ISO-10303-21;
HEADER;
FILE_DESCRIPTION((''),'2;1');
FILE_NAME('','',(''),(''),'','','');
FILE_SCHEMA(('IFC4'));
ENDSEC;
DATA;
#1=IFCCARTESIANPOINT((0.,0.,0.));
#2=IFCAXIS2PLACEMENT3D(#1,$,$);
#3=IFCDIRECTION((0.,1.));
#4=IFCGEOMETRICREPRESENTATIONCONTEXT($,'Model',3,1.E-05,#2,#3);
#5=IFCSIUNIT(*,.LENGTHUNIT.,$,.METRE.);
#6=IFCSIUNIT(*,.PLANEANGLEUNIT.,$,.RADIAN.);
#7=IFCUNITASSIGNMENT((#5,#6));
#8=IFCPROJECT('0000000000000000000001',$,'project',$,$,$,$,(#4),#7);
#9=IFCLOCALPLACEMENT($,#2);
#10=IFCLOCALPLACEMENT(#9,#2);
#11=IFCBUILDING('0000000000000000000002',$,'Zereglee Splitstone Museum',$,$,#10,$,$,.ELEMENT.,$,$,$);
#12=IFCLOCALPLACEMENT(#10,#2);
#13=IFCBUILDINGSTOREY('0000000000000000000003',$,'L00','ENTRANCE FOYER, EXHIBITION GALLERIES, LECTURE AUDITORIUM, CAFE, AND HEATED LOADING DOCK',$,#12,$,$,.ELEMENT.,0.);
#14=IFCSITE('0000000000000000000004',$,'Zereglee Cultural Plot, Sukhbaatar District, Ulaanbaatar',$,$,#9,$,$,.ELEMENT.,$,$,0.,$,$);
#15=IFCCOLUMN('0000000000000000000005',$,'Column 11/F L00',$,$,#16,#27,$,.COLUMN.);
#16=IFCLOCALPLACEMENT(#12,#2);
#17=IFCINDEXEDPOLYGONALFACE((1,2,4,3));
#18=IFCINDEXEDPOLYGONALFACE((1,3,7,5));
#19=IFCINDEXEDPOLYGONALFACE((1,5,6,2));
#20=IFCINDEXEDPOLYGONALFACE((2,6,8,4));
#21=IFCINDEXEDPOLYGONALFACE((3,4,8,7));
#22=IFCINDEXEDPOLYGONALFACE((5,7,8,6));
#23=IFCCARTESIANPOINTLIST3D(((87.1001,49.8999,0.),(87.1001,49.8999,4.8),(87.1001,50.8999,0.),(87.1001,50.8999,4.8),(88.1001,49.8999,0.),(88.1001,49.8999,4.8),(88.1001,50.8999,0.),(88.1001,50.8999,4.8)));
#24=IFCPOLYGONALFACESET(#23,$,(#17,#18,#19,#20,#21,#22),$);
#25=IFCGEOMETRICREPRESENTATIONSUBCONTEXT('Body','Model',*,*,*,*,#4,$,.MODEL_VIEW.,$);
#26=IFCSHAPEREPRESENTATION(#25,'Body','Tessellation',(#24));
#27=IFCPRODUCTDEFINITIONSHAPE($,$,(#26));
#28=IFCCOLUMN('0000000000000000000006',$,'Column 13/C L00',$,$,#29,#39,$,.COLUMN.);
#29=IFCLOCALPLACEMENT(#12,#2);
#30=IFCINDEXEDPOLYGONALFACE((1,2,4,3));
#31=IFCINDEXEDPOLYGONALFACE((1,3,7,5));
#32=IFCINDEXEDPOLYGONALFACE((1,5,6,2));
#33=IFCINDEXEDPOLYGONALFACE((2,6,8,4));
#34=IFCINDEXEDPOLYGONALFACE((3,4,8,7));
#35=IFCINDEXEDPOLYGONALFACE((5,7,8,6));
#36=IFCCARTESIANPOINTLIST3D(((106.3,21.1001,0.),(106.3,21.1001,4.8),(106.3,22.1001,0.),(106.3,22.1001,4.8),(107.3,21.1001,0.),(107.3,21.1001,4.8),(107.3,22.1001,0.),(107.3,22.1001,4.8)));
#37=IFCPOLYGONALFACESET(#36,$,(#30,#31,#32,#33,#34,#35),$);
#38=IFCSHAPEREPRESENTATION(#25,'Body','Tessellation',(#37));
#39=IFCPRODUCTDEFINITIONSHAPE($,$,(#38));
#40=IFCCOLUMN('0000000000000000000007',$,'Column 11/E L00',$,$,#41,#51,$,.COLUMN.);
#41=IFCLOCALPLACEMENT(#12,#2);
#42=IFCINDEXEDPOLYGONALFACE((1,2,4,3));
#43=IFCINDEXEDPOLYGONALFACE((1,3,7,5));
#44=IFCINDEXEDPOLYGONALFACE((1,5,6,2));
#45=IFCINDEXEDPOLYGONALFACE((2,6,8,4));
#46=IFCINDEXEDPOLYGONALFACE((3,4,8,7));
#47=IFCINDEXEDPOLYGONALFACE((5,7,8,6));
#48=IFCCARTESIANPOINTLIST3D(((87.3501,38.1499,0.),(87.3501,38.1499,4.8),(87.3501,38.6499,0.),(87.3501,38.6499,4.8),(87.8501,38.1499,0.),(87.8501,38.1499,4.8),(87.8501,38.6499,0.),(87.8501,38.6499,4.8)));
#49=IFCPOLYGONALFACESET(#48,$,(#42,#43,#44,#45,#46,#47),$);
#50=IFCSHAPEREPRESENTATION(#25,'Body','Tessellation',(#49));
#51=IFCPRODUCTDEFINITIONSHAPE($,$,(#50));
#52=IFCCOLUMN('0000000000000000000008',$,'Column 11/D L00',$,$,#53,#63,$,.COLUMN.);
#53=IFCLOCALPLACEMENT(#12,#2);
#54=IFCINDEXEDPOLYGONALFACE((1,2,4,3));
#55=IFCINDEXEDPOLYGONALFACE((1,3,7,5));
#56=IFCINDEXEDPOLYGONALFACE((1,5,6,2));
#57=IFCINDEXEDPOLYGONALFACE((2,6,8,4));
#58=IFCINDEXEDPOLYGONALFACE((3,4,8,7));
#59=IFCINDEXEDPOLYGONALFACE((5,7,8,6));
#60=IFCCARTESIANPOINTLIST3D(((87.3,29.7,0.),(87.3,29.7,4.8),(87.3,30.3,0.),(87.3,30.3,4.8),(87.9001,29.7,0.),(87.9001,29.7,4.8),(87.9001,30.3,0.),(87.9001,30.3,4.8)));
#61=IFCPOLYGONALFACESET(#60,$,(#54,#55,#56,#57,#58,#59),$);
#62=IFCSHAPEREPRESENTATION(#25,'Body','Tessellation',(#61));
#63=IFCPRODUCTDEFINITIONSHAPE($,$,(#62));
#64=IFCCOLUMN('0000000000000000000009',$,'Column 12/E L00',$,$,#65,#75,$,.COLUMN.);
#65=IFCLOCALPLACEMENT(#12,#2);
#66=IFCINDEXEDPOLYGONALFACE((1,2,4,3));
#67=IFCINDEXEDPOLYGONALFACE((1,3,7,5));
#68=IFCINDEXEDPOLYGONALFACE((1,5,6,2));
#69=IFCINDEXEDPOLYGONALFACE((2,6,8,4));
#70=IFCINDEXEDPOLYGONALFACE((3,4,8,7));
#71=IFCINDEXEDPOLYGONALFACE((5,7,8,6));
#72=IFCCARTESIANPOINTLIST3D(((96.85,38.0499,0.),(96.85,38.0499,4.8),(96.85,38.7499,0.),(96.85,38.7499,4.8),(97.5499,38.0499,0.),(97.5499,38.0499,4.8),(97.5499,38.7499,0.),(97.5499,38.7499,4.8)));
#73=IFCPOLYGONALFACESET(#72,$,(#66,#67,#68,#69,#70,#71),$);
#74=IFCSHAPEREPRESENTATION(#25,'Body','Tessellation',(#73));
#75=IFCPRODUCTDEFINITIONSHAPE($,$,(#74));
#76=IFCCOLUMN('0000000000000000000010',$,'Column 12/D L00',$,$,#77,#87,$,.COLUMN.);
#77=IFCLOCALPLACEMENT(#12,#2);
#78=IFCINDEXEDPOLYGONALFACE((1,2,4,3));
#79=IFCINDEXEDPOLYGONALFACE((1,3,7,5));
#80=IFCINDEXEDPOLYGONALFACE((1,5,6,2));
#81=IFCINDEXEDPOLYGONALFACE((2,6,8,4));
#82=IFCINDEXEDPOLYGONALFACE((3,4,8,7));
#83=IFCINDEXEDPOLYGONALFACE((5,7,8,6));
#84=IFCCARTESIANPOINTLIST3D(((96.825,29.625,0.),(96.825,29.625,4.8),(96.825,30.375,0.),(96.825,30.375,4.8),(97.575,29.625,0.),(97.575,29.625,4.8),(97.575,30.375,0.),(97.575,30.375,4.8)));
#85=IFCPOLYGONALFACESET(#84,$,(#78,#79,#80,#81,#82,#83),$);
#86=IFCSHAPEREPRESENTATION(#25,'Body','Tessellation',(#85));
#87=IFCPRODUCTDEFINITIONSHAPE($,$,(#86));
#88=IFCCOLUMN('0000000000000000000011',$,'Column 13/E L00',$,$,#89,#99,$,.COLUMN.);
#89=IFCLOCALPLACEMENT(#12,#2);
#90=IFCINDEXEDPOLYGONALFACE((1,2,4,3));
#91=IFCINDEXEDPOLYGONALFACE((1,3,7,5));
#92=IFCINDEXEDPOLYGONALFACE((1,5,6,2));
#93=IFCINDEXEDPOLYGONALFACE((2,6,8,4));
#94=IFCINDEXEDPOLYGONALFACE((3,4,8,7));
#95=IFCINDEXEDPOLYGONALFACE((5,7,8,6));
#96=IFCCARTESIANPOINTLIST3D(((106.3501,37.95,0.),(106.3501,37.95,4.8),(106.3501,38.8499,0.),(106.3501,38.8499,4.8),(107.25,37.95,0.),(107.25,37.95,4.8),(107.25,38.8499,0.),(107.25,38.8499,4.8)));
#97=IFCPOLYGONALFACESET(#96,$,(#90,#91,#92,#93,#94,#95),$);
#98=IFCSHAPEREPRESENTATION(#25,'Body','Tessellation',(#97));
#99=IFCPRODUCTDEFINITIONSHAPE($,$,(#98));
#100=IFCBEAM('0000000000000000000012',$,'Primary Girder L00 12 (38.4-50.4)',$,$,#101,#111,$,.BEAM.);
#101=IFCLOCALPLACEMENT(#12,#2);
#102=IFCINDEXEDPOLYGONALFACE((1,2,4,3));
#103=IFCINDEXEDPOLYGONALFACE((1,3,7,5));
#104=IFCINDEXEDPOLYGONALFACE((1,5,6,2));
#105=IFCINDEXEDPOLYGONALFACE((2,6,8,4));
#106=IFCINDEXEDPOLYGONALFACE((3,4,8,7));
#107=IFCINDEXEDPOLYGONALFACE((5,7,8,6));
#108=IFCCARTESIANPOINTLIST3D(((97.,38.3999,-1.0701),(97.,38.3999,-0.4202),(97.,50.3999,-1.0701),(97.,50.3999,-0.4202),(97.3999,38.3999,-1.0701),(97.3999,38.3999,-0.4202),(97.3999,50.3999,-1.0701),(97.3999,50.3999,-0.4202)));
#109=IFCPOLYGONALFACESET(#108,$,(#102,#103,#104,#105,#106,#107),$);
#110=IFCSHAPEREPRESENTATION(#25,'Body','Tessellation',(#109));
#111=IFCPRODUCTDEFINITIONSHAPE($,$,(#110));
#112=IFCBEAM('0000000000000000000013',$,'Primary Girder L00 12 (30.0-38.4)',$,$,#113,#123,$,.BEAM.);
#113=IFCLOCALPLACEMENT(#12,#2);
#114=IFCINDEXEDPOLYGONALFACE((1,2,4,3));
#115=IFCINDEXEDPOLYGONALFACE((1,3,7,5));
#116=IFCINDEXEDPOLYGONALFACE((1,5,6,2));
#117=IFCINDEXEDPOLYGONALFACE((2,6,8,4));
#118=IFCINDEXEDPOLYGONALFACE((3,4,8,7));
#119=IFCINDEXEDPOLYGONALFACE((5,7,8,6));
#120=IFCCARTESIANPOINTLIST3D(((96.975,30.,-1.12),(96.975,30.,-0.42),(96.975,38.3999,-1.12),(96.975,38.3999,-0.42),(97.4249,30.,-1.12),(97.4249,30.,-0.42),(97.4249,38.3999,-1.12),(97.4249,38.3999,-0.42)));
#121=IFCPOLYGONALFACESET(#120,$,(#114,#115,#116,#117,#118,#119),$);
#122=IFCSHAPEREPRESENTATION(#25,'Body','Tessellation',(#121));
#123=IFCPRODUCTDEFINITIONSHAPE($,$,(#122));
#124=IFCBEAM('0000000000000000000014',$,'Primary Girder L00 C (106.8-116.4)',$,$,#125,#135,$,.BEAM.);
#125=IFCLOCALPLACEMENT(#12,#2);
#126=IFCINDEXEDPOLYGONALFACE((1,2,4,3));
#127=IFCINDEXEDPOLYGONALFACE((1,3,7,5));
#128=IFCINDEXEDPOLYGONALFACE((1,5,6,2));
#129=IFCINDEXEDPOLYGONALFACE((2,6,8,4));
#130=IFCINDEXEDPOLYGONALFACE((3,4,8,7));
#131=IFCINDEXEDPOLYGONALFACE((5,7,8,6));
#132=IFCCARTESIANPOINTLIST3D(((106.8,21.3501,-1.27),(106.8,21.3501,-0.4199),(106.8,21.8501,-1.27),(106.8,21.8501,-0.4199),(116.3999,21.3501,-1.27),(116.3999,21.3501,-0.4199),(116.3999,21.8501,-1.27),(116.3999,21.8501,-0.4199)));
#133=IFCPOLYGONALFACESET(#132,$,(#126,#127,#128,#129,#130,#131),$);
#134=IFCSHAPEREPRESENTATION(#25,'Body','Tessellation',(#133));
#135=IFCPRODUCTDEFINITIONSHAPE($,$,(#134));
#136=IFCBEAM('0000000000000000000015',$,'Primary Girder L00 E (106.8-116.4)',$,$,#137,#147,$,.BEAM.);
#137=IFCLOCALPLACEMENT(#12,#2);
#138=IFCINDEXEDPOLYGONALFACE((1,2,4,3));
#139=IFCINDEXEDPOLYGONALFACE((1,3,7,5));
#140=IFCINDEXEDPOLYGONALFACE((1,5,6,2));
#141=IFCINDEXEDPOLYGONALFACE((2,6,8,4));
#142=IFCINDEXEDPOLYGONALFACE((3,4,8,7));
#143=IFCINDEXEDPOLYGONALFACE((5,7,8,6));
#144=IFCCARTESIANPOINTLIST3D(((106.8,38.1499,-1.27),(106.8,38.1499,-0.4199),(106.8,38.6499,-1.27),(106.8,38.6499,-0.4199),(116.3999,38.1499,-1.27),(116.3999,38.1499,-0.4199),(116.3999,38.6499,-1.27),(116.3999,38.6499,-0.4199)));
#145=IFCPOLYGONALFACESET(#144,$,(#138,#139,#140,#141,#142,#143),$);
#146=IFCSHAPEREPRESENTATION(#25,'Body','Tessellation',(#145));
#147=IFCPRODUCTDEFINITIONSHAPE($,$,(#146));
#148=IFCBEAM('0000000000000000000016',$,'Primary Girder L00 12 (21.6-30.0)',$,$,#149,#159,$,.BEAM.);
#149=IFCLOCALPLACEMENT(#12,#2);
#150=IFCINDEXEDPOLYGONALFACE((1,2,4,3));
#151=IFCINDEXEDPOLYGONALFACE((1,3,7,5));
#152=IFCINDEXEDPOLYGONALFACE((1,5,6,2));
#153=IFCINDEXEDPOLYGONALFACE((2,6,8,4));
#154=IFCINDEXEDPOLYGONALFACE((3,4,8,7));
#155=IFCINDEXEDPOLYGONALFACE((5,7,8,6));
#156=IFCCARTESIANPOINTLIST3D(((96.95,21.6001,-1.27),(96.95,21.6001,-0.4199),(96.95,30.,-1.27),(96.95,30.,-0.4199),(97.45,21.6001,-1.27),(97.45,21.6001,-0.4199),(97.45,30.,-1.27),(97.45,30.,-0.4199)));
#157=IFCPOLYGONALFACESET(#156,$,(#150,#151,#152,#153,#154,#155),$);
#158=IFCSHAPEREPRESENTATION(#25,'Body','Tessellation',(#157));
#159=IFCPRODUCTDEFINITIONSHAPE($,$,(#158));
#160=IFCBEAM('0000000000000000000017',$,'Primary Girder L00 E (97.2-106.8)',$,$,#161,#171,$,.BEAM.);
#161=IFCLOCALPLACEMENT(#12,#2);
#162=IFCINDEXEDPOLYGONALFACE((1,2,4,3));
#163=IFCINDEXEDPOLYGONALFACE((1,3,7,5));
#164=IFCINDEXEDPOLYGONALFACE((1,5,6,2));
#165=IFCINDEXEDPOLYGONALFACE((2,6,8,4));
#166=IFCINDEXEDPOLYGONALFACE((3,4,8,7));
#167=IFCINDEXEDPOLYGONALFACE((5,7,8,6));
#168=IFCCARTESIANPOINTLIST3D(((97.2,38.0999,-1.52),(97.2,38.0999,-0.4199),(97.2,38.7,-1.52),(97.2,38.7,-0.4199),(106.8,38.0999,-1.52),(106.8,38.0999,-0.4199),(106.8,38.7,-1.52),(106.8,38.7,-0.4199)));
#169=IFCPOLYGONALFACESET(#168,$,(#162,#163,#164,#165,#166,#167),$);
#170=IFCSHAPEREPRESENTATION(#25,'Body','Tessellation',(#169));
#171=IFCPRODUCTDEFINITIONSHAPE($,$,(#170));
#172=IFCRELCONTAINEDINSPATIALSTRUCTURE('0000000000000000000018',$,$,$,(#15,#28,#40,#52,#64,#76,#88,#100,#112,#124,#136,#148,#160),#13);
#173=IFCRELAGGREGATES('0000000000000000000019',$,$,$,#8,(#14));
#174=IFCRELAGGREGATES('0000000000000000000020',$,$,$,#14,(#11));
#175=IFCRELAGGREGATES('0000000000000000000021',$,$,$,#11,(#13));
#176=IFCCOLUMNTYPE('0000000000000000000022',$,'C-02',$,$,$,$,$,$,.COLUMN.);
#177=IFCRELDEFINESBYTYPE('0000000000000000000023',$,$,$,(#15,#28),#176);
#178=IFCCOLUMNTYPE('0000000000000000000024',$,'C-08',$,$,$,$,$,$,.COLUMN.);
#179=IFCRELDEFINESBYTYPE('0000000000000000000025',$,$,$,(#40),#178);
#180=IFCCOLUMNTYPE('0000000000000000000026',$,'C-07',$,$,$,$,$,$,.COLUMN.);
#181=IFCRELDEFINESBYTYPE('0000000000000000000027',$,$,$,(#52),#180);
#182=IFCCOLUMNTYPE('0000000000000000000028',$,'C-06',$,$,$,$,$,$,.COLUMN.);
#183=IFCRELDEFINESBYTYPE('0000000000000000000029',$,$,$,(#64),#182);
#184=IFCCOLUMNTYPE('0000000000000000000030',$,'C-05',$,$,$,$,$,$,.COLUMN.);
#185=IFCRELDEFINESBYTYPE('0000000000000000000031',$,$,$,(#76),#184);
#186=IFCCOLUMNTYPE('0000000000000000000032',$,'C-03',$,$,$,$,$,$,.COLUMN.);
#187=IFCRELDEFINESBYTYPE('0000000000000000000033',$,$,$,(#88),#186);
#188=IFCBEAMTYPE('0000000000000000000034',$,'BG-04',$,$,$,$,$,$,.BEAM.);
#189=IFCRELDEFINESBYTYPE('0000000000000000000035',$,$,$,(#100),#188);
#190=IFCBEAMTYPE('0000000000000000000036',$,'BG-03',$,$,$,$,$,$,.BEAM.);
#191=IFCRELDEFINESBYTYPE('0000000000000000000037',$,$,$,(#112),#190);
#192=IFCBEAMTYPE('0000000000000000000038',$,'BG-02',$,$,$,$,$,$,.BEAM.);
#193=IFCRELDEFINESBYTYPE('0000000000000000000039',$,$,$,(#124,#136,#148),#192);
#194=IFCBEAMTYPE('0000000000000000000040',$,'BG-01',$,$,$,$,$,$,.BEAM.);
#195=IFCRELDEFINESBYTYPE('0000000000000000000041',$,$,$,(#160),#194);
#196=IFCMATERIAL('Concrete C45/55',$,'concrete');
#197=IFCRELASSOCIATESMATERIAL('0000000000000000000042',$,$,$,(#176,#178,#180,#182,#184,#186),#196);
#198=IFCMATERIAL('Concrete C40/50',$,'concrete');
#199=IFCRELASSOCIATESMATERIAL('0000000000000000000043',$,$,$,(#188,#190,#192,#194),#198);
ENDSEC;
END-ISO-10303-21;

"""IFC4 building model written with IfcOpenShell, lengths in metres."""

from ifc_helpers import new_model, si_unit, direction, frame, origin, origin_2d, place, context, subcontext, project, spatial, rectangle, extrude, material, material_profile, profile_set, type_object, element, save


model = new_model("IFC4")

# Units and contexts
model_context = context("Model", 3, precision=1e-05, world=origin(), true_north=direction((0.0, 1.0)))
body_context = subcontext(model_context, "Body", "Model", "MODEL_VIEW")
ifc_project = project(units=[si_unit("LENGTHUNIT", "METRE"), si_unit("PLANEANGLEUNIT", "RADIAN")], contexts=[model_context])

# Site, building, storey
site_placement = place(None, origin())
site = spatial("IfcSite", under=ifc_project, at=site_placement, Name="Zereglee Cultural Plot, Sukhbaatar District, Ulaanbaatar", CompositionType="ELEMENT", RefElevation=0.0)
building_placement = place(site_placement, origin())
building = spatial("IfcBuilding", under=site, at=building_placement, Name="Zereglee Splitstone Museum", CompositionType="ELEMENT")
storey_placement = place(building_placement, origin())
storey = spatial("IfcBuildingStorey", under=building, at=storey_placement, Name="L00", Description="ENTRANCE FOYER, EXHIBITION GALLERIES, LECTURE AUDITORIUM, CAFE, AND HEATED LOADING DOCK", CompositionType="ELEMENT", Elevation=0.0)

# Columns
ifc_material_1 = material(Name="Concrete C45/55", Category="concrete")
ifc_material_profile_1 = material_profile(ifc_material_1, rectangle(XDim=1.0, YDim=1.0, at=origin_2d()), Name="RC 1000x1000")
ifc_profile_set_1 = profile_set([ifc_material_profile_1], Name="Concrete C45/55")
column_type_1 = type_object("IfcColumnType", Name="C-02", PredefinedType="COLUMN", material=ifc_profile_set_1)
for number, where, z_axis, x_axis, name in (
    (1, (87.6001, 50.3999, 0.0), (0.0, 0.0, 1.0), (1.0, 0.0, 0.0), "Column 11/F L00"),
    (2, (106.8, 21.6001, 0.0), (0.0, 0.0, 1.0), (1.0, 0.0, 0.0), "Column 13/C L00"),
):
    element("IfcColumn", number, at=place(storey_placement, frame(where, z_axis=z_axis, x_axis=x_axis)), inside=storey, type_object=column_type_1, Name=name, PredefinedType="COLUMN", context=body_context, shape_type="SweptSolid", body=[
        extrude(rectangle(XDim=1.0, YDim=1.0, at=origin_2d()), origin(), (0.0, 0.0, 1.0), 4.8),
    ])
ifc_material_profile_2 = material_profile(ifc_material_1, rectangle(XDim=0.5, YDim=0.5, at=origin_2d()), Name="RC 500x500")
ifc_profile_set_2 = profile_set([ifc_material_profile_2], Name="Concrete C45/55")
column_type_2 = type_object("IfcColumnType", Name="C-08", PredefinedType="COLUMN", material=ifc_profile_set_2)
column_1_placement = place(storey_placement, frame((87.6001, 38.3999, 0.0), z_axis=(0.0, 0.0, 1.0), x_axis=(1.0, 0.0, 0.0)))
element("IfcColumn", 3, at=column_1_placement, inside=storey, type_object=column_type_2, Name="Column 11/E L00", PredefinedType="COLUMN", context=body_context, shape_type="SweptSolid", body=[
    extrude(rectangle(XDim=0.5, YDim=0.5, at=origin_2d()), origin(), (0.0, 0.0, 1.0), 4.8),
])
ifc_material_profile_3 = material_profile(ifc_material_1, rectangle(XDim=0.6001, YDim=0.6001, at=origin_2d()), Name="RC 600x600")
ifc_profile_set_3 = profile_set([ifc_material_profile_3], Name="Concrete C45/55")
column_type_3 = type_object("IfcColumnType", Name="C-07", PredefinedType="COLUMN", material=ifc_profile_set_3)
column_2_placement = place(storey_placement, frame((87.6001, 30.0, 0.0), z_axis=(0.0, 0.0, 1.0), x_axis=(1.0, 0.0, 0.0)))
element("IfcColumn", 4, at=column_2_placement, inside=storey, type_object=column_type_3, Name="Column 11/D L00", PredefinedType="COLUMN", context=body_context, shape_type="SweptSolid", body=[
    extrude(rectangle(XDim=0.6001, YDim=0.6001, at=origin_2d()), origin(), (0.0, 0.0, 1.0), 4.8),
])
ifc_material_profile_4 = material_profile(ifc_material_1, rectangle(XDim=0.7, YDim=0.7, at=origin_2d()), Name="RC 700x700")
ifc_profile_set_4 = profile_set([ifc_material_profile_4], Name="Concrete C45/55")
column_type_4 = type_object("IfcColumnType", Name="C-06", PredefinedType="COLUMN", material=ifc_profile_set_4)
column_3_placement = place(storey_placement, frame((97.2, 38.3999, 0.0), z_axis=(0.0, 0.0, 1.0), x_axis=(1.0, 0.0, 0.0)))
element("IfcColumn", 5, at=column_3_placement, inside=storey, type_object=column_type_4, Name="Column 12/E L00", PredefinedType="COLUMN", context=body_context, shape_type="SweptSolid", body=[
    extrude(rectangle(XDim=0.7, YDim=0.7, at=origin_2d()), origin(), (0.0, 0.0, 1.0), 4.8),
])
ifc_material_profile_5 = material_profile(ifc_material_1, rectangle(XDim=0.75, YDim=0.75, at=origin_2d()), Name="RC 750x750")
ifc_profile_set_5 = profile_set([ifc_material_profile_5], Name="Concrete C45/55")
column_type_5 = type_object("IfcColumnType", Name="C-05", PredefinedType="COLUMN", material=ifc_profile_set_5)
column_4_placement = place(storey_placement, frame((97.2, 30.0, 0.0), z_axis=(0.0, 0.0, 1.0), x_axis=(1.0, 0.0, 0.0)))
element("IfcColumn", 6, at=column_4_placement, inside=storey, type_object=column_type_5, Name="Column 12/D L00", PredefinedType="COLUMN", context=body_context, shape_type="SweptSolid", body=[
    extrude(rectangle(XDim=0.75, YDim=0.75, at=origin_2d()), origin(), (0.0, 0.0, 1.0), 4.8),
])
ifc_material_profile_6 = material_profile(ifc_material_1, rectangle(XDim=0.8999, YDim=0.8999, at=origin_2d()), Name="RC 900x900")
ifc_profile_set_6 = profile_set([ifc_material_profile_6], Name="Concrete C45/55")
column_type_6 = type_object("IfcColumnType", Name="C-03", PredefinedType="COLUMN", material=ifc_profile_set_6)
column_5_placement = place(storey_placement, frame((106.8, 38.3999, 0.0), z_axis=(0.0, 0.0, 1.0), x_axis=(1.0, 0.0, 0.0)))
element("IfcColumn", 7, at=column_5_placement, inside=storey, type_object=column_type_6, Name="Column 13/E L00", PredefinedType="COLUMN", context=body_context, shape_type="SweptSolid", body=[
    extrude(rectangle(XDim=0.8999, YDim=0.8999, at=origin_2d()), origin(), (0.0, 0.0, 1.0), 4.8),
])

# Beams
ifc_material_2 = material(Name="Concrete C40/50", Category="concrete")
ifc_material_profile_7 = material_profile(ifc_material_2, rectangle(XDim=0.3999, YDim=0.6499, at=origin_2d()), Name="RC 400x650")
ifc_profile_set_7 = profile_set([ifc_material_profile_7], Name="Concrete C40/50")
beam_type_1 = type_object("IfcBeamType", Name="BG-04", PredefinedType="BEAM", material=ifc_profile_set_7)
beam_1_placement = place(storey_placement, frame((97.2, 38.3999, -0.7451), z_axis=(0.0, 1.0, 0.0), x_axis=(-1.0, 0.0, 0.0)))
element("IfcBeam", 8, at=beam_1_placement, inside=storey, type_object=beam_type_1, Name="Primary Girder L00 12 (38.4-50.4)", PredefinedType="BEAM", context=body_context, shape_type="SweptSolid", body=[
    extrude(rectangle(XDim=0.3999, YDim=0.6499, at=origin_2d()), origin(), (0.0, 0.0, 1.0), 12.0),
])
ifc_material_profile_8 = material_profile(ifc_material_2, rectangle(XDim=0.45, YDim=0.7, at=origin_2d()), Name="RC 450x700")
ifc_profile_set_8 = profile_set([ifc_material_profile_8], Name="Concrete C40/50")
beam_type_2 = type_object("IfcBeamType", Name="BG-03", PredefinedType="BEAM", material=ifc_profile_set_8)
beam_2_placement = place(storey_placement, frame((97.2, 30.0, -0.77), z_axis=(0.0, 1.0, 0.0), x_axis=(-1.0, 0.0, 0.0)))
element("IfcBeam", 9, at=beam_2_placement, inside=storey, type_object=beam_type_2, Name="Primary Girder L00 12 (30.0-38.4)", PredefinedType="BEAM", context=body_context, shape_type="SweptSolid", body=[
    extrude(rectangle(XDim=0.45, YDim=0.7, at=origin_2d()), origin(), (0.0, 0.0, 1.0), 8.3999),
])
ifc_material_profile_9 = material_profile(ifc_material_2, rectangle(XDim=0.5, YDim=0.8501, at=origin_2d()), Name="RC 500x850")
ifc_profile_set_9 = profile_set([ifc_material_profile_9], Name="Concrete C40/50")
beam_type_3 = type_object("IfcBeamType", Name="BG-02", PredefinedType="BEAM", material=ifc_profile_set_9)
for number, where, z_axis, x_axis, name in (
    (10, (106.8, 21.6001, -0.845), (1.0, 0.0, 0.0), (0.0, 1.0, 0.0), "Primary Girder L00 C (106.8-116.4)"),
    (11, (106.8, 38.3999, -0.845), (1.0, 0.0, 0.0), (0.0, 1.0, 0.0), "Primary Girder L00 E (106.8-116.4)"),
):
    element("IfcBeam", number, at=place(storey_placement, frame(where, z_axis=z_axis, x_axis=x_axis)), inside=storey, type_object=beam_type_3, Name=name, PredefinedType="BEAM", context=body_context, shape_type="SweptSolid", body=[
        extrude(rectangle(XDim=0.5, YDim=0.8501, at=origin_2d()), origin(), (0.0, 0.0, 1.0), 9.5999),
    ])
beam_3_placement = place(storey_placement, frame((97.2, 21.6001, -0.845), z_axis=(0.0, 1.0, 0.0), x_axis=(-1.0, 0.0, 0.0)))
element("IfcBeam", 12, at=beam_3_placement, inside=storey, type_object=beam_type_3, Name="Primary Girder L00 12 (21.6-30.0)", PredefinedType="BEAM", context=body_context, shape_type="SweptSolid", body=[
    extrude(rectangle(XDim=0.5, YDim=0.8501, at=origin_2d()), origin(), (0.0, 0.0, 1.0), 8.3999),
])
ifc_material_profile_10 = material_profile(ifc_material_2, rectangle(XDim=0.6001, YDim=1.1001, at=origin_2d()), Name="RC 600x1100")
ifc_profile_set_10 = profile_set([ifc_material_profile_10], Name="Concrete C40/50")
beam_type_4 = type_object("IfcBeamType", Name="BG-01", PredefinedType="BEAM", material=ifc_profile_set_10)
beam_4_placement = place(storey_placement, frame((97.2, 38.3999, -0.97), z_axis=(1.0, 0.0, 0.0), x_axis=(0.0, 1.0, 0.0)))
element("IfcBeam", 13, at=beam_4_placement, inside=storey, type_object=beam_type_4, Name="Primary Girder L00 E (97.2-106.8)", PredefinedType="BEAM", context=body_context, shape_type="SweptSolid", body=[
    extrude(rectangle(XDim=0.6001, YDim=1.1001, at=origin_2d()), origin(), (0.0, 0.0, 1.0), 9.6001),
])

save(model, "model.ifc")
